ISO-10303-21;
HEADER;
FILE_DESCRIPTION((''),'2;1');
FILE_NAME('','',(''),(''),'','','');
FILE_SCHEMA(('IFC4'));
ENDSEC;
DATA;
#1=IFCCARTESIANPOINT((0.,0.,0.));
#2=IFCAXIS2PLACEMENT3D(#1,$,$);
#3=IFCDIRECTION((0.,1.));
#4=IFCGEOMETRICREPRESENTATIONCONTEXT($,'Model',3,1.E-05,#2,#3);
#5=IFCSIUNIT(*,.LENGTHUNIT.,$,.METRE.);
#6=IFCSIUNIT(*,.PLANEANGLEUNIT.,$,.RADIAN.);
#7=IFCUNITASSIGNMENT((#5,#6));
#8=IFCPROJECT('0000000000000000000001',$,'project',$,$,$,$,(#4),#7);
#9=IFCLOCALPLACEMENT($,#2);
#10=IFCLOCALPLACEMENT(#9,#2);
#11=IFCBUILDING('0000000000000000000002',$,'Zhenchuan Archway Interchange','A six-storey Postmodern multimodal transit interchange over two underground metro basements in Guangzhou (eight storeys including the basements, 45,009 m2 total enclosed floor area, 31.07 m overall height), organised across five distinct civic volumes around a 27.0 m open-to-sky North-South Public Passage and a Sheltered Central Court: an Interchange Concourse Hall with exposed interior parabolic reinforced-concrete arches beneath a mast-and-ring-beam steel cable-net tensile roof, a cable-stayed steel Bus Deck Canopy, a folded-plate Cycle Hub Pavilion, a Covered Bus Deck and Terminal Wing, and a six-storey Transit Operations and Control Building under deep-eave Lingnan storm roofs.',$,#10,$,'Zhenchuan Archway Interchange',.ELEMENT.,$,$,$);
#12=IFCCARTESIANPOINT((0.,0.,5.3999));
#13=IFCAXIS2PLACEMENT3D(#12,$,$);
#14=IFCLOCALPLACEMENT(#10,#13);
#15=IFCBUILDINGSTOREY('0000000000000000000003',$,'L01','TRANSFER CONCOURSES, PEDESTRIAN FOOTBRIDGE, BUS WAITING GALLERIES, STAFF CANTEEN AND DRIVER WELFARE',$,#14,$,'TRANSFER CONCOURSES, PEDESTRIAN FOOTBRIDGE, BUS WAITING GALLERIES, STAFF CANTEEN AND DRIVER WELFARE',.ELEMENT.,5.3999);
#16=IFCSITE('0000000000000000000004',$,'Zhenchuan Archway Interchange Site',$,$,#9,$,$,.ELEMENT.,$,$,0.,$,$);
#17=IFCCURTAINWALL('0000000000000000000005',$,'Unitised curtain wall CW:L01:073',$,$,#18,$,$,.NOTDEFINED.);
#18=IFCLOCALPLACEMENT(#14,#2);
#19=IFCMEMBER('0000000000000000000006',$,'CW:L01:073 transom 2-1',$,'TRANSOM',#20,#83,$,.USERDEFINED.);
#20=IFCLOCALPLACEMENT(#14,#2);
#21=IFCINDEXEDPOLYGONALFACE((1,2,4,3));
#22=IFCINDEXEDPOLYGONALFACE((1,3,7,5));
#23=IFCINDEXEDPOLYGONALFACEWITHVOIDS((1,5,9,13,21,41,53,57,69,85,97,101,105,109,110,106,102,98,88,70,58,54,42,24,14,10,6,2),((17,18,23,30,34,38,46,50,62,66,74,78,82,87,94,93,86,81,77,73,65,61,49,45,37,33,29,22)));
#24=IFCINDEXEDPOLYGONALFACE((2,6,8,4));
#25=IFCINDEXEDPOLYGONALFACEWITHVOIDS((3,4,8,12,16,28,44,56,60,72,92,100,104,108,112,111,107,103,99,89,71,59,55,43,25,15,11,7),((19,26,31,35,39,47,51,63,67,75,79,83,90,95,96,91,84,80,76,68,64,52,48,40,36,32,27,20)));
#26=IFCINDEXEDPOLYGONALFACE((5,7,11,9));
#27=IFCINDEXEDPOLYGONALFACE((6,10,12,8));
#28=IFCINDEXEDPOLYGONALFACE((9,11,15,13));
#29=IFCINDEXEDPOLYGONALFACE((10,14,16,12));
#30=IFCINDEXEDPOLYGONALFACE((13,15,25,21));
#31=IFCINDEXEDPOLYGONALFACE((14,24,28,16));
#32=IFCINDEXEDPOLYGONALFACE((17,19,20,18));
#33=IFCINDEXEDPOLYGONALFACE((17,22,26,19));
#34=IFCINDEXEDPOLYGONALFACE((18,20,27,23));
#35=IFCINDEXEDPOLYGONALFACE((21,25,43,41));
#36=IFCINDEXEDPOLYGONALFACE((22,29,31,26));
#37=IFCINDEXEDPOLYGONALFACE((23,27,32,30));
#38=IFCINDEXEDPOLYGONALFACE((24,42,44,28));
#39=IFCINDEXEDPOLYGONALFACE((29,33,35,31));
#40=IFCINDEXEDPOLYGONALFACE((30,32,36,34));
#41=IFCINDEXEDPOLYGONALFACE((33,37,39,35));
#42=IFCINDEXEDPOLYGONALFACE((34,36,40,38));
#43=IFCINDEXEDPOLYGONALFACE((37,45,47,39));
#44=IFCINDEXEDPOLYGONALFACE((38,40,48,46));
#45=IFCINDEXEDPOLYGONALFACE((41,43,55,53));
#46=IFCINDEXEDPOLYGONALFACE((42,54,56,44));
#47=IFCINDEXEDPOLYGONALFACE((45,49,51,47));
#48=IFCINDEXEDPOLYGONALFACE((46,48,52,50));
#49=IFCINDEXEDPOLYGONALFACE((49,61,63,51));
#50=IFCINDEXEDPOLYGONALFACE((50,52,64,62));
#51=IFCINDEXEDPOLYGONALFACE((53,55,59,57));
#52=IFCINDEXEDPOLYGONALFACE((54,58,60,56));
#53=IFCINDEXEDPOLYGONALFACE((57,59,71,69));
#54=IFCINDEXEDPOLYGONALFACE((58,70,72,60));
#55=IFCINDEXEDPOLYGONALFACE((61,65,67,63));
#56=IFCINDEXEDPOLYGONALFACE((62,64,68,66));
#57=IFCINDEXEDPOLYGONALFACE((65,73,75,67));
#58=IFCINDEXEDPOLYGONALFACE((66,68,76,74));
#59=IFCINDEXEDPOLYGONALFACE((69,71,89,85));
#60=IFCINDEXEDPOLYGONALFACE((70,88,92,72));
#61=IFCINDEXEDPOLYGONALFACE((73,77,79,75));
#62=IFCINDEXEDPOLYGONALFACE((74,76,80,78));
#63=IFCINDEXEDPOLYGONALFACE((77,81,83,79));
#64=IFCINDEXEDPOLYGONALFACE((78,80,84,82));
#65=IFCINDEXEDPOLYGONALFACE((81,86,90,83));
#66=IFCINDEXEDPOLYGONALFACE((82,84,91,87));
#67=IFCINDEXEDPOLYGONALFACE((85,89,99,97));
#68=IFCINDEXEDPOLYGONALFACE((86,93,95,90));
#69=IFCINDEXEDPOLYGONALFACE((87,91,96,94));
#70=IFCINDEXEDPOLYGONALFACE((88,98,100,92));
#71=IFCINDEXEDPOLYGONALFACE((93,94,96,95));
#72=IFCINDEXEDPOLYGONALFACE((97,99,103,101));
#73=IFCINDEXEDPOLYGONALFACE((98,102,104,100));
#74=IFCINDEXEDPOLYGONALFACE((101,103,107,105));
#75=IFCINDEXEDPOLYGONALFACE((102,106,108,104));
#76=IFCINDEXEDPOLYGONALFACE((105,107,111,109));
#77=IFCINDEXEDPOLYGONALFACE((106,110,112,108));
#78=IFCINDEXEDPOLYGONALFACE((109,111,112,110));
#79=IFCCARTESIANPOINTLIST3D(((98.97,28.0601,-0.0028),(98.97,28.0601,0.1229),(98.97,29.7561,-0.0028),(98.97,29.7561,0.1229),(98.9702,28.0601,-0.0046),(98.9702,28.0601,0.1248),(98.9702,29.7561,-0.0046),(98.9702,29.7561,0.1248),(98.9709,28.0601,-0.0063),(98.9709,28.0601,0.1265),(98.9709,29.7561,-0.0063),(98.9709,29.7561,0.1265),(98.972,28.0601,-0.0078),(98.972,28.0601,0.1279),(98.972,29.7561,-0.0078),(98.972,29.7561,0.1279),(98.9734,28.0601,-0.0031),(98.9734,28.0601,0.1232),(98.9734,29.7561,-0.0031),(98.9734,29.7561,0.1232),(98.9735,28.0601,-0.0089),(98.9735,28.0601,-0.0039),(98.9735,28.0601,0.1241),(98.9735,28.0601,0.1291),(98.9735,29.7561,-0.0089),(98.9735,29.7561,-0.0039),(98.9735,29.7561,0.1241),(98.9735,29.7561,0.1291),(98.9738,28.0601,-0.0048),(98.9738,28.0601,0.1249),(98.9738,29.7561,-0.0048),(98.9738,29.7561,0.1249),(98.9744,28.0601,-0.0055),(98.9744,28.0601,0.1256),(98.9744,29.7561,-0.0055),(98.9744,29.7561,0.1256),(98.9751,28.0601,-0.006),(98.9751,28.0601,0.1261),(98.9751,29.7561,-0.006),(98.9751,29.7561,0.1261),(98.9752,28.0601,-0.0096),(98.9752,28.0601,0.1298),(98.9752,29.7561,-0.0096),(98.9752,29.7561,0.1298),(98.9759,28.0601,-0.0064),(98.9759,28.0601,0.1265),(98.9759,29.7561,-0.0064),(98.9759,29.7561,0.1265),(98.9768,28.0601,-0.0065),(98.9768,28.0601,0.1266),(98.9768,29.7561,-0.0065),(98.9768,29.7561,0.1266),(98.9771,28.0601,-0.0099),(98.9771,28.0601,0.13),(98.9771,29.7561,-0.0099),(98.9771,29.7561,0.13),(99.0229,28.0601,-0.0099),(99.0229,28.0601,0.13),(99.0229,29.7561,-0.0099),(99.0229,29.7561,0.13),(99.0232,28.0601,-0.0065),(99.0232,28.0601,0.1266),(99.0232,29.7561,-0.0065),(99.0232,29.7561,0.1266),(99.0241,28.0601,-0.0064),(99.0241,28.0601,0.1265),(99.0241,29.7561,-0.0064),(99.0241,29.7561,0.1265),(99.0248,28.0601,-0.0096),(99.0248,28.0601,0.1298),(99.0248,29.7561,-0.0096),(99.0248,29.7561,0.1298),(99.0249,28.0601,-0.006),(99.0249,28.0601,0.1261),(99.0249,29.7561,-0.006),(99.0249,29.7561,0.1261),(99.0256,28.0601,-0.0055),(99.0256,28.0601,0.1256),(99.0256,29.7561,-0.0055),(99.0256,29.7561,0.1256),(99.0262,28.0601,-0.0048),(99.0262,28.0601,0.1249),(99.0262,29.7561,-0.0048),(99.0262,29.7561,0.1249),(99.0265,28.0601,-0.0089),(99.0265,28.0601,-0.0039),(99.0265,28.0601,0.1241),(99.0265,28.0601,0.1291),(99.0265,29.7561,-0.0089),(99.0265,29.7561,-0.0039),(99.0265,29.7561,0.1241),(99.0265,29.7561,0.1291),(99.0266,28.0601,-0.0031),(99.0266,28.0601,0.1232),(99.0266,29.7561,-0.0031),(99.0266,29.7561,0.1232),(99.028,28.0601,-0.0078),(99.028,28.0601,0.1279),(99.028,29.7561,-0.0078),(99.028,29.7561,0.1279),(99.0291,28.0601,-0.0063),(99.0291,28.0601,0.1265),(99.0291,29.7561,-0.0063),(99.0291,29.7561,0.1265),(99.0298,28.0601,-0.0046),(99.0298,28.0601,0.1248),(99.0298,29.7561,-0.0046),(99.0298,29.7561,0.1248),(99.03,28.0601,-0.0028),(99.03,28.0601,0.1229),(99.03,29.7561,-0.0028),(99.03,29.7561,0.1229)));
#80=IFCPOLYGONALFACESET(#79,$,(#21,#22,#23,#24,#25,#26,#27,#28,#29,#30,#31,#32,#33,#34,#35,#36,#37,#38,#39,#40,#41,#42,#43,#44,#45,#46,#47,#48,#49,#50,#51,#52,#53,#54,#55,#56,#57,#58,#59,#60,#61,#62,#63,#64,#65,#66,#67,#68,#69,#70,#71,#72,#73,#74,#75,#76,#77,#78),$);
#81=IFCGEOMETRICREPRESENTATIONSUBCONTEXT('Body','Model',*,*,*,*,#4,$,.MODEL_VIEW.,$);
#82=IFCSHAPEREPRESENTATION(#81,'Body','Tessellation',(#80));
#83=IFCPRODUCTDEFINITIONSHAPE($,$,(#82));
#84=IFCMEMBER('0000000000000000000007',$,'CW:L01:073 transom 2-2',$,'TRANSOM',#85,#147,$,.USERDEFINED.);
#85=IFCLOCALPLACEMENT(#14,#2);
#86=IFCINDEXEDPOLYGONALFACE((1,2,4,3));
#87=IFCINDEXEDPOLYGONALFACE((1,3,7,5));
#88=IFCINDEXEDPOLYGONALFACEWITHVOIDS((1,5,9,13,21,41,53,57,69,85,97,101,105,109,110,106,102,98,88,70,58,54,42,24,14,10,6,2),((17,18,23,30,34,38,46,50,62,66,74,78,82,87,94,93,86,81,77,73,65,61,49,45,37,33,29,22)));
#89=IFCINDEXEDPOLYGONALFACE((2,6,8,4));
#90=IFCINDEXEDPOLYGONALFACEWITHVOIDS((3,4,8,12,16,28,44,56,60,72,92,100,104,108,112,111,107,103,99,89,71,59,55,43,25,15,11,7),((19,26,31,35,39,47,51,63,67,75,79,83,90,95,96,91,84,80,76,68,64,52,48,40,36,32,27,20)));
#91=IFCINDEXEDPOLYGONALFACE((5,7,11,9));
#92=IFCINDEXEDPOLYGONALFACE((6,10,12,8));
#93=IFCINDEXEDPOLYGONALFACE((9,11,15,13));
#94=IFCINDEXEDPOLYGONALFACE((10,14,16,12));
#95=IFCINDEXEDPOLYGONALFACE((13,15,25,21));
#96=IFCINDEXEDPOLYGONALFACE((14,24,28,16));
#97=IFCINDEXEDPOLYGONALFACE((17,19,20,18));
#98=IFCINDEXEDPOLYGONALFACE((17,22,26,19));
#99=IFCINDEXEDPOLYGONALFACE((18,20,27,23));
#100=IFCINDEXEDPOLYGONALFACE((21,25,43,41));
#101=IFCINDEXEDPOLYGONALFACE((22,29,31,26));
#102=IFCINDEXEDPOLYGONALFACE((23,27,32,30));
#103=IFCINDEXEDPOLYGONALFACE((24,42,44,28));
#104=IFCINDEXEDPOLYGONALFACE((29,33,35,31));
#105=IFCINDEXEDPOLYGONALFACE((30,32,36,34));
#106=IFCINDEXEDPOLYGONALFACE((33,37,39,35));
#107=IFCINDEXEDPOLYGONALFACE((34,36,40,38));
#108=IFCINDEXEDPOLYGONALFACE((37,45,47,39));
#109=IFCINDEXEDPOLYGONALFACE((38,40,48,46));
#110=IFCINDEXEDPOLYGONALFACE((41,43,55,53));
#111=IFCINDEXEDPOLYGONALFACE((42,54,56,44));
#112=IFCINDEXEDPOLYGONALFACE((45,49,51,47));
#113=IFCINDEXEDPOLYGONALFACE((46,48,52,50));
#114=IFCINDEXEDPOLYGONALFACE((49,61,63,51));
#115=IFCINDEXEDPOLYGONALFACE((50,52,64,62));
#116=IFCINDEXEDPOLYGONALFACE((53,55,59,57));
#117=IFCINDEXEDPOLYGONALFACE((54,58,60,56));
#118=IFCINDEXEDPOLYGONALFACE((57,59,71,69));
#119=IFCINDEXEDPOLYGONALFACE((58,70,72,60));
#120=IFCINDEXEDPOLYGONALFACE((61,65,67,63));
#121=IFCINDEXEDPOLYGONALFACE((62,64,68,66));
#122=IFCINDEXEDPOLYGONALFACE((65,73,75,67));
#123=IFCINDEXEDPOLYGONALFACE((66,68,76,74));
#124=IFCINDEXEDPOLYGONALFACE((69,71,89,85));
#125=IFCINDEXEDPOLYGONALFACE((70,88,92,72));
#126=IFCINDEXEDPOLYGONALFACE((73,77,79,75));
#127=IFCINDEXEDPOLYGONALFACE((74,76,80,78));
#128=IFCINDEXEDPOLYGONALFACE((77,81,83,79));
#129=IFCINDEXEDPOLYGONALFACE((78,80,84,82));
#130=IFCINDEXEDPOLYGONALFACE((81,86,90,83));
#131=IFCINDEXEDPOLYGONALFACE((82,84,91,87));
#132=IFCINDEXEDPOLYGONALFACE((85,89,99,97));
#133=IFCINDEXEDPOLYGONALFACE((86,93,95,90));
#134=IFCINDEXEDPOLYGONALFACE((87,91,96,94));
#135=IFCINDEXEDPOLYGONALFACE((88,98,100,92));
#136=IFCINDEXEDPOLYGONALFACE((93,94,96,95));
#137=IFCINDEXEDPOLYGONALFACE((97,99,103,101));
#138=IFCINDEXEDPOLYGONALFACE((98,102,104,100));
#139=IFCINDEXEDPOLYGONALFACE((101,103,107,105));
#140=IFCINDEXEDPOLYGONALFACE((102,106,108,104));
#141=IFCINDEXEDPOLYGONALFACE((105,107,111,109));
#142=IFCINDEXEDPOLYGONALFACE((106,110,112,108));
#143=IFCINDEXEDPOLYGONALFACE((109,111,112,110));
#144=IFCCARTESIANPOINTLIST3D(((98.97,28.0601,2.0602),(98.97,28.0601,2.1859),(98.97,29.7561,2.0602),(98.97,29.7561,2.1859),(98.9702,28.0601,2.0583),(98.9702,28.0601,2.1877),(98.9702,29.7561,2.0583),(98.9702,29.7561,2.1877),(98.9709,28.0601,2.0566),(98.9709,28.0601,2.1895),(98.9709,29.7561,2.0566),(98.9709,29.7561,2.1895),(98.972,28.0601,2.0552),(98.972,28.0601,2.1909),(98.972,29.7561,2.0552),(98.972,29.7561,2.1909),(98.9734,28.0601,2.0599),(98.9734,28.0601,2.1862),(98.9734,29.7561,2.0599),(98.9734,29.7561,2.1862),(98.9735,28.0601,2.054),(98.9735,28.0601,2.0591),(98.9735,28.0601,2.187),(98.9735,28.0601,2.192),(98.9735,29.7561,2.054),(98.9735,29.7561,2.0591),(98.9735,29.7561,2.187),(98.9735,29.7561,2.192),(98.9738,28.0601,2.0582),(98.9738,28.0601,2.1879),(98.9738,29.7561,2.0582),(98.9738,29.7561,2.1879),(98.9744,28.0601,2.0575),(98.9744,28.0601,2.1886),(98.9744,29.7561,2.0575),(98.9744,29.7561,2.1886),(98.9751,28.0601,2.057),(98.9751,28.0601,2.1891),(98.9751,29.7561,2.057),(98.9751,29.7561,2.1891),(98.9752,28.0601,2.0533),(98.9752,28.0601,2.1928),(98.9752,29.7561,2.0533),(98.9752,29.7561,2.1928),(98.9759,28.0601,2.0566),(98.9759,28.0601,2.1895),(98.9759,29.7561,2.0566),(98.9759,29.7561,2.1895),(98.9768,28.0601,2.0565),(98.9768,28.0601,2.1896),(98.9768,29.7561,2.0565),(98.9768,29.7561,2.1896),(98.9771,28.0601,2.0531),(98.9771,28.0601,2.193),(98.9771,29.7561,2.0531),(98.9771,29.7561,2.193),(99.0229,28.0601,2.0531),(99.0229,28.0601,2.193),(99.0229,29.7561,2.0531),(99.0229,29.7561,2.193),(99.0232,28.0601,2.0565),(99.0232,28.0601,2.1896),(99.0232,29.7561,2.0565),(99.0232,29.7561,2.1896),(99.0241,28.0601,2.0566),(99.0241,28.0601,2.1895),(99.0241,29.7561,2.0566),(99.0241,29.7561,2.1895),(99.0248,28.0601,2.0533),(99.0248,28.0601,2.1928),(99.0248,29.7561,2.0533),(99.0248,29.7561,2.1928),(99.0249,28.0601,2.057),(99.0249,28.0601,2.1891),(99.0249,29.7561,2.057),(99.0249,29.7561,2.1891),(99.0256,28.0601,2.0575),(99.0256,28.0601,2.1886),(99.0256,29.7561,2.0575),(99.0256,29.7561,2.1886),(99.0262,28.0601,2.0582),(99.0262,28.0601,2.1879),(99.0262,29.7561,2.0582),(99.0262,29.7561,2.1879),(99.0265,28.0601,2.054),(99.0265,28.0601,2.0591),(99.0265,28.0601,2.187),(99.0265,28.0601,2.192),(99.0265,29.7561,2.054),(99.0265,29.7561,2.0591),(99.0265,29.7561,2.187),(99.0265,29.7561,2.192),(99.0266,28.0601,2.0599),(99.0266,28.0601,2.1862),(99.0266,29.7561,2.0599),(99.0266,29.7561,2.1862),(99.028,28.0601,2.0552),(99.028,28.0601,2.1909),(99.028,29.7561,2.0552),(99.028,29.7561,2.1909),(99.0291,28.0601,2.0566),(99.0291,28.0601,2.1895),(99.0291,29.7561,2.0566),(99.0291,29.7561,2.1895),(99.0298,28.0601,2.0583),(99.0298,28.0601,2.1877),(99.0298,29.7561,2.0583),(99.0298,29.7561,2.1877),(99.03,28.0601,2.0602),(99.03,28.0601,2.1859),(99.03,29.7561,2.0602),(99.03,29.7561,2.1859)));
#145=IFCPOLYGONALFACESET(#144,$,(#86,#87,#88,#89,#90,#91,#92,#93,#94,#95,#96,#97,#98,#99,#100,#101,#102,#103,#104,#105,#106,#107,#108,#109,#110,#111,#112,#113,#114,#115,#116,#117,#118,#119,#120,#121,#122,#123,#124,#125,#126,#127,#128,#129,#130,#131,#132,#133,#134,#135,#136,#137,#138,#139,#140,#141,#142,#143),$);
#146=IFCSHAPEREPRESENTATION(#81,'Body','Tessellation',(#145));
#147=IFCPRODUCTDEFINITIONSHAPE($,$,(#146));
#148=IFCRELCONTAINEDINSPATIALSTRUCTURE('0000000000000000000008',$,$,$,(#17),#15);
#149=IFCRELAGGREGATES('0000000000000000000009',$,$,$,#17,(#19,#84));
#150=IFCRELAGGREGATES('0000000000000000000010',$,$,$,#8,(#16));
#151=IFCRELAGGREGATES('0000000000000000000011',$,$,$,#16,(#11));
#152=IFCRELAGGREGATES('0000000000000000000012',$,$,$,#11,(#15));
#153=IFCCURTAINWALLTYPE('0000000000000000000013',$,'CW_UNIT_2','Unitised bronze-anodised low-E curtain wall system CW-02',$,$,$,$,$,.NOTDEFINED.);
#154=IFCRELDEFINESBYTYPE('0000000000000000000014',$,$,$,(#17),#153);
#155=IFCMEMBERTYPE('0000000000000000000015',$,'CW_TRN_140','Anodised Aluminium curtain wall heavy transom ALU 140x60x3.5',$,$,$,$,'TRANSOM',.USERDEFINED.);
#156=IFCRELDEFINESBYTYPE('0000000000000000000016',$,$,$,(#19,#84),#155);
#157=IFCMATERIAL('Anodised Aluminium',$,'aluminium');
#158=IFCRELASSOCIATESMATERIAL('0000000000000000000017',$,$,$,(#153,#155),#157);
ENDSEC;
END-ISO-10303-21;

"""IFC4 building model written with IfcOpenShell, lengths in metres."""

from ifc_helpers import new_model, si_unit, direction, frame, origin, origin_2d, place, context, subcontext, project, spatial, hollow_rectangle, extrude, material, material_profile, profile_set, type_object, element, aggregate, save


model = new_model("IFC4")

# Units and contexts
model_context = context("Model", 3, precision=1e-05, world=origin(), true_north=direction((0.0, 1.0)))
body_context = subcontext(model_context, "Body", "Model", "MODEL_VIEW")
ifc_project = project(units=[si_unit("LENGTHUNIT", "METRE"), si_unit("PLANEANGLEUNIT", "RADIAN")], contexts=[model_context])

# Site, building, storey
site_placement = place(None, origin())
site = spatial("IfcSite", under=ifc_project, at=site_placement, Name="Zhenchuan Archway Interchange Site", CompositionType="ELEMENT", RefElevation=0.0)
building_placement = place(site_placement, origin())
building = spatial("IfcBuilding", under=site, at=building_placement, Name="Zhenchuan Archway Interchange", Description="A six-storey Postmodern multimodal transit interchange over two underground metro basements in Guangzhou (eight storeys including the basements, 45,009 m2 total enclosed floor area, 31.07 m overall height), organised across five distinct civic volumes around a 27.0 m open-to-sky North-South Public Passage and a Sheltered Central Court: an Interchange Concourse Hall with exposed interior parabolic reinforced-concrete arches beneath a mast-and-ring-beam steel cable-net tensile roof, a cable-stayed steel Bus Deck Canopy, a folded-plate Cycle Hub Pavilion, a Covered Bus Deck and Terminal Wing, and a six-storey Transit Operations and Control Building under deep-eave Lingnan storm roofs.", LongName="Zhenchuan Archway Interchange", CompositionType="ELEMENT")
storey_placement = place(building_placement, frame((0.0, 0.0, 5.3999)))
storey = spatial("IfcBuildingStorey", under=building, at=storey_placement, Name="L01", Description="TRANSFER CONCOURSES, PEDESTRIAN FOOTBRIDGE, BUS WAITING GALLERIES, STAFF CANTEEN AND DRIVER WELFARE", LongName="TRANSFER CONCOURSES, PEDESTRIAN FOOTBRIDGE, BUS WAITING GALLERIES, STAFF CANTEEN AND DRIVER WELFARE", CompositionType="ELEMENT", Elevation=5.3999)

# Curtain wall, members
ifc_material_1 = material(Name="Anodised Aluminium", Category="aluminium")
curtain_wall_type = type_object("IfcCurtainWallType", Name="CW_UNIT_2", Description="Unitised bronze-anodised low-E curtain wall system CW-02", PredefinedType="NOTDEFINED", material=ifc_material_1)
curtain_wall_placement = place(storey_placement, origin())
curtain_wall = element("IfcCurtainWall", 1, at=curtain_wall_placement, inside=storey, type_object=curtain_wall_type, Name="Unitised curtain wall CW:L01:073", PredefinedType="NOTDEFINED")
ifc_material_profile_1 = material_profile(ifc_material_1, hollow_rectangle(XDim=0.0601, YDim=0.1399, WallThickness=0.0034, InnerFilletRadius=0.0034, OuterFilletRadius=0.0071, at=origin_2d()), Name="ALU 140x60x3.5")
ifc_profile_set_1 = profile_set([ifc_material_profile_1], Name="Anodised Aluminium")
member_type_1 = type_object("IfcMemberType", Name="CW_TRN_140", Description="Anodised Aluminium curtain wall heavy transom ALU 140x60x3.5", ElementType="TRANSOM", PredefinedType="USERDEFINED", material=ifc_profile_set_1)
member_1_placement = place(storey_placement, frame((99.0, 28.0601, 0.0601), z_axis=(0.0, 1.0, 0.0), x_axis=(-1.0, 0.0, 0.0)))
member_1 = element("IfcMember", 2, at=member_1_placement, type_object=member_type_1, Name="CW:L01:073 transom 2-1", ObjectType="TRANSOM", PredefinedType="USERDEFINED", context=body_context, shape_type="SweptSolid", body=[
    extrude(hollow_rectangle(XDim=0.0601, YDim=0.1399, WallThickness=0.0034, InnerFilletRadius=0.0034, OuterFilletRadius=0.0071, at=origin_2d()), origin(), (0.0, 0.0, 1.0), 1.696),
])
member_2_placement = place(storey_placement, frame((99.0, 28.0601, 2.123), z_axis=(0.0, 1.0, 0.0), x_axis=(-1.0, 0.0, 0.0)))
member_2 = element("IfcMember", 3, at=member_2_placement, type_object=member_type_1, Name="CW:L01:073 transom 2-2", ObjectType="TRANSOM", PredefinedType="USERDEFINED", context=body_context, shape_type="SweptSolid", body=[
    extrude(hollow_rectangle(XDim=0.0601, YDim=0.1399, WallThickness=0.0034, InnerFilletRadius=0.0034, OuterFilletRadius=0.0071, at=origin_2d()), origin(), (0.0, 0.0, 1.0), 1.696),
])

aggregate(curtain_wall, [member_1, member_2])

save(model, "model.ifc")
